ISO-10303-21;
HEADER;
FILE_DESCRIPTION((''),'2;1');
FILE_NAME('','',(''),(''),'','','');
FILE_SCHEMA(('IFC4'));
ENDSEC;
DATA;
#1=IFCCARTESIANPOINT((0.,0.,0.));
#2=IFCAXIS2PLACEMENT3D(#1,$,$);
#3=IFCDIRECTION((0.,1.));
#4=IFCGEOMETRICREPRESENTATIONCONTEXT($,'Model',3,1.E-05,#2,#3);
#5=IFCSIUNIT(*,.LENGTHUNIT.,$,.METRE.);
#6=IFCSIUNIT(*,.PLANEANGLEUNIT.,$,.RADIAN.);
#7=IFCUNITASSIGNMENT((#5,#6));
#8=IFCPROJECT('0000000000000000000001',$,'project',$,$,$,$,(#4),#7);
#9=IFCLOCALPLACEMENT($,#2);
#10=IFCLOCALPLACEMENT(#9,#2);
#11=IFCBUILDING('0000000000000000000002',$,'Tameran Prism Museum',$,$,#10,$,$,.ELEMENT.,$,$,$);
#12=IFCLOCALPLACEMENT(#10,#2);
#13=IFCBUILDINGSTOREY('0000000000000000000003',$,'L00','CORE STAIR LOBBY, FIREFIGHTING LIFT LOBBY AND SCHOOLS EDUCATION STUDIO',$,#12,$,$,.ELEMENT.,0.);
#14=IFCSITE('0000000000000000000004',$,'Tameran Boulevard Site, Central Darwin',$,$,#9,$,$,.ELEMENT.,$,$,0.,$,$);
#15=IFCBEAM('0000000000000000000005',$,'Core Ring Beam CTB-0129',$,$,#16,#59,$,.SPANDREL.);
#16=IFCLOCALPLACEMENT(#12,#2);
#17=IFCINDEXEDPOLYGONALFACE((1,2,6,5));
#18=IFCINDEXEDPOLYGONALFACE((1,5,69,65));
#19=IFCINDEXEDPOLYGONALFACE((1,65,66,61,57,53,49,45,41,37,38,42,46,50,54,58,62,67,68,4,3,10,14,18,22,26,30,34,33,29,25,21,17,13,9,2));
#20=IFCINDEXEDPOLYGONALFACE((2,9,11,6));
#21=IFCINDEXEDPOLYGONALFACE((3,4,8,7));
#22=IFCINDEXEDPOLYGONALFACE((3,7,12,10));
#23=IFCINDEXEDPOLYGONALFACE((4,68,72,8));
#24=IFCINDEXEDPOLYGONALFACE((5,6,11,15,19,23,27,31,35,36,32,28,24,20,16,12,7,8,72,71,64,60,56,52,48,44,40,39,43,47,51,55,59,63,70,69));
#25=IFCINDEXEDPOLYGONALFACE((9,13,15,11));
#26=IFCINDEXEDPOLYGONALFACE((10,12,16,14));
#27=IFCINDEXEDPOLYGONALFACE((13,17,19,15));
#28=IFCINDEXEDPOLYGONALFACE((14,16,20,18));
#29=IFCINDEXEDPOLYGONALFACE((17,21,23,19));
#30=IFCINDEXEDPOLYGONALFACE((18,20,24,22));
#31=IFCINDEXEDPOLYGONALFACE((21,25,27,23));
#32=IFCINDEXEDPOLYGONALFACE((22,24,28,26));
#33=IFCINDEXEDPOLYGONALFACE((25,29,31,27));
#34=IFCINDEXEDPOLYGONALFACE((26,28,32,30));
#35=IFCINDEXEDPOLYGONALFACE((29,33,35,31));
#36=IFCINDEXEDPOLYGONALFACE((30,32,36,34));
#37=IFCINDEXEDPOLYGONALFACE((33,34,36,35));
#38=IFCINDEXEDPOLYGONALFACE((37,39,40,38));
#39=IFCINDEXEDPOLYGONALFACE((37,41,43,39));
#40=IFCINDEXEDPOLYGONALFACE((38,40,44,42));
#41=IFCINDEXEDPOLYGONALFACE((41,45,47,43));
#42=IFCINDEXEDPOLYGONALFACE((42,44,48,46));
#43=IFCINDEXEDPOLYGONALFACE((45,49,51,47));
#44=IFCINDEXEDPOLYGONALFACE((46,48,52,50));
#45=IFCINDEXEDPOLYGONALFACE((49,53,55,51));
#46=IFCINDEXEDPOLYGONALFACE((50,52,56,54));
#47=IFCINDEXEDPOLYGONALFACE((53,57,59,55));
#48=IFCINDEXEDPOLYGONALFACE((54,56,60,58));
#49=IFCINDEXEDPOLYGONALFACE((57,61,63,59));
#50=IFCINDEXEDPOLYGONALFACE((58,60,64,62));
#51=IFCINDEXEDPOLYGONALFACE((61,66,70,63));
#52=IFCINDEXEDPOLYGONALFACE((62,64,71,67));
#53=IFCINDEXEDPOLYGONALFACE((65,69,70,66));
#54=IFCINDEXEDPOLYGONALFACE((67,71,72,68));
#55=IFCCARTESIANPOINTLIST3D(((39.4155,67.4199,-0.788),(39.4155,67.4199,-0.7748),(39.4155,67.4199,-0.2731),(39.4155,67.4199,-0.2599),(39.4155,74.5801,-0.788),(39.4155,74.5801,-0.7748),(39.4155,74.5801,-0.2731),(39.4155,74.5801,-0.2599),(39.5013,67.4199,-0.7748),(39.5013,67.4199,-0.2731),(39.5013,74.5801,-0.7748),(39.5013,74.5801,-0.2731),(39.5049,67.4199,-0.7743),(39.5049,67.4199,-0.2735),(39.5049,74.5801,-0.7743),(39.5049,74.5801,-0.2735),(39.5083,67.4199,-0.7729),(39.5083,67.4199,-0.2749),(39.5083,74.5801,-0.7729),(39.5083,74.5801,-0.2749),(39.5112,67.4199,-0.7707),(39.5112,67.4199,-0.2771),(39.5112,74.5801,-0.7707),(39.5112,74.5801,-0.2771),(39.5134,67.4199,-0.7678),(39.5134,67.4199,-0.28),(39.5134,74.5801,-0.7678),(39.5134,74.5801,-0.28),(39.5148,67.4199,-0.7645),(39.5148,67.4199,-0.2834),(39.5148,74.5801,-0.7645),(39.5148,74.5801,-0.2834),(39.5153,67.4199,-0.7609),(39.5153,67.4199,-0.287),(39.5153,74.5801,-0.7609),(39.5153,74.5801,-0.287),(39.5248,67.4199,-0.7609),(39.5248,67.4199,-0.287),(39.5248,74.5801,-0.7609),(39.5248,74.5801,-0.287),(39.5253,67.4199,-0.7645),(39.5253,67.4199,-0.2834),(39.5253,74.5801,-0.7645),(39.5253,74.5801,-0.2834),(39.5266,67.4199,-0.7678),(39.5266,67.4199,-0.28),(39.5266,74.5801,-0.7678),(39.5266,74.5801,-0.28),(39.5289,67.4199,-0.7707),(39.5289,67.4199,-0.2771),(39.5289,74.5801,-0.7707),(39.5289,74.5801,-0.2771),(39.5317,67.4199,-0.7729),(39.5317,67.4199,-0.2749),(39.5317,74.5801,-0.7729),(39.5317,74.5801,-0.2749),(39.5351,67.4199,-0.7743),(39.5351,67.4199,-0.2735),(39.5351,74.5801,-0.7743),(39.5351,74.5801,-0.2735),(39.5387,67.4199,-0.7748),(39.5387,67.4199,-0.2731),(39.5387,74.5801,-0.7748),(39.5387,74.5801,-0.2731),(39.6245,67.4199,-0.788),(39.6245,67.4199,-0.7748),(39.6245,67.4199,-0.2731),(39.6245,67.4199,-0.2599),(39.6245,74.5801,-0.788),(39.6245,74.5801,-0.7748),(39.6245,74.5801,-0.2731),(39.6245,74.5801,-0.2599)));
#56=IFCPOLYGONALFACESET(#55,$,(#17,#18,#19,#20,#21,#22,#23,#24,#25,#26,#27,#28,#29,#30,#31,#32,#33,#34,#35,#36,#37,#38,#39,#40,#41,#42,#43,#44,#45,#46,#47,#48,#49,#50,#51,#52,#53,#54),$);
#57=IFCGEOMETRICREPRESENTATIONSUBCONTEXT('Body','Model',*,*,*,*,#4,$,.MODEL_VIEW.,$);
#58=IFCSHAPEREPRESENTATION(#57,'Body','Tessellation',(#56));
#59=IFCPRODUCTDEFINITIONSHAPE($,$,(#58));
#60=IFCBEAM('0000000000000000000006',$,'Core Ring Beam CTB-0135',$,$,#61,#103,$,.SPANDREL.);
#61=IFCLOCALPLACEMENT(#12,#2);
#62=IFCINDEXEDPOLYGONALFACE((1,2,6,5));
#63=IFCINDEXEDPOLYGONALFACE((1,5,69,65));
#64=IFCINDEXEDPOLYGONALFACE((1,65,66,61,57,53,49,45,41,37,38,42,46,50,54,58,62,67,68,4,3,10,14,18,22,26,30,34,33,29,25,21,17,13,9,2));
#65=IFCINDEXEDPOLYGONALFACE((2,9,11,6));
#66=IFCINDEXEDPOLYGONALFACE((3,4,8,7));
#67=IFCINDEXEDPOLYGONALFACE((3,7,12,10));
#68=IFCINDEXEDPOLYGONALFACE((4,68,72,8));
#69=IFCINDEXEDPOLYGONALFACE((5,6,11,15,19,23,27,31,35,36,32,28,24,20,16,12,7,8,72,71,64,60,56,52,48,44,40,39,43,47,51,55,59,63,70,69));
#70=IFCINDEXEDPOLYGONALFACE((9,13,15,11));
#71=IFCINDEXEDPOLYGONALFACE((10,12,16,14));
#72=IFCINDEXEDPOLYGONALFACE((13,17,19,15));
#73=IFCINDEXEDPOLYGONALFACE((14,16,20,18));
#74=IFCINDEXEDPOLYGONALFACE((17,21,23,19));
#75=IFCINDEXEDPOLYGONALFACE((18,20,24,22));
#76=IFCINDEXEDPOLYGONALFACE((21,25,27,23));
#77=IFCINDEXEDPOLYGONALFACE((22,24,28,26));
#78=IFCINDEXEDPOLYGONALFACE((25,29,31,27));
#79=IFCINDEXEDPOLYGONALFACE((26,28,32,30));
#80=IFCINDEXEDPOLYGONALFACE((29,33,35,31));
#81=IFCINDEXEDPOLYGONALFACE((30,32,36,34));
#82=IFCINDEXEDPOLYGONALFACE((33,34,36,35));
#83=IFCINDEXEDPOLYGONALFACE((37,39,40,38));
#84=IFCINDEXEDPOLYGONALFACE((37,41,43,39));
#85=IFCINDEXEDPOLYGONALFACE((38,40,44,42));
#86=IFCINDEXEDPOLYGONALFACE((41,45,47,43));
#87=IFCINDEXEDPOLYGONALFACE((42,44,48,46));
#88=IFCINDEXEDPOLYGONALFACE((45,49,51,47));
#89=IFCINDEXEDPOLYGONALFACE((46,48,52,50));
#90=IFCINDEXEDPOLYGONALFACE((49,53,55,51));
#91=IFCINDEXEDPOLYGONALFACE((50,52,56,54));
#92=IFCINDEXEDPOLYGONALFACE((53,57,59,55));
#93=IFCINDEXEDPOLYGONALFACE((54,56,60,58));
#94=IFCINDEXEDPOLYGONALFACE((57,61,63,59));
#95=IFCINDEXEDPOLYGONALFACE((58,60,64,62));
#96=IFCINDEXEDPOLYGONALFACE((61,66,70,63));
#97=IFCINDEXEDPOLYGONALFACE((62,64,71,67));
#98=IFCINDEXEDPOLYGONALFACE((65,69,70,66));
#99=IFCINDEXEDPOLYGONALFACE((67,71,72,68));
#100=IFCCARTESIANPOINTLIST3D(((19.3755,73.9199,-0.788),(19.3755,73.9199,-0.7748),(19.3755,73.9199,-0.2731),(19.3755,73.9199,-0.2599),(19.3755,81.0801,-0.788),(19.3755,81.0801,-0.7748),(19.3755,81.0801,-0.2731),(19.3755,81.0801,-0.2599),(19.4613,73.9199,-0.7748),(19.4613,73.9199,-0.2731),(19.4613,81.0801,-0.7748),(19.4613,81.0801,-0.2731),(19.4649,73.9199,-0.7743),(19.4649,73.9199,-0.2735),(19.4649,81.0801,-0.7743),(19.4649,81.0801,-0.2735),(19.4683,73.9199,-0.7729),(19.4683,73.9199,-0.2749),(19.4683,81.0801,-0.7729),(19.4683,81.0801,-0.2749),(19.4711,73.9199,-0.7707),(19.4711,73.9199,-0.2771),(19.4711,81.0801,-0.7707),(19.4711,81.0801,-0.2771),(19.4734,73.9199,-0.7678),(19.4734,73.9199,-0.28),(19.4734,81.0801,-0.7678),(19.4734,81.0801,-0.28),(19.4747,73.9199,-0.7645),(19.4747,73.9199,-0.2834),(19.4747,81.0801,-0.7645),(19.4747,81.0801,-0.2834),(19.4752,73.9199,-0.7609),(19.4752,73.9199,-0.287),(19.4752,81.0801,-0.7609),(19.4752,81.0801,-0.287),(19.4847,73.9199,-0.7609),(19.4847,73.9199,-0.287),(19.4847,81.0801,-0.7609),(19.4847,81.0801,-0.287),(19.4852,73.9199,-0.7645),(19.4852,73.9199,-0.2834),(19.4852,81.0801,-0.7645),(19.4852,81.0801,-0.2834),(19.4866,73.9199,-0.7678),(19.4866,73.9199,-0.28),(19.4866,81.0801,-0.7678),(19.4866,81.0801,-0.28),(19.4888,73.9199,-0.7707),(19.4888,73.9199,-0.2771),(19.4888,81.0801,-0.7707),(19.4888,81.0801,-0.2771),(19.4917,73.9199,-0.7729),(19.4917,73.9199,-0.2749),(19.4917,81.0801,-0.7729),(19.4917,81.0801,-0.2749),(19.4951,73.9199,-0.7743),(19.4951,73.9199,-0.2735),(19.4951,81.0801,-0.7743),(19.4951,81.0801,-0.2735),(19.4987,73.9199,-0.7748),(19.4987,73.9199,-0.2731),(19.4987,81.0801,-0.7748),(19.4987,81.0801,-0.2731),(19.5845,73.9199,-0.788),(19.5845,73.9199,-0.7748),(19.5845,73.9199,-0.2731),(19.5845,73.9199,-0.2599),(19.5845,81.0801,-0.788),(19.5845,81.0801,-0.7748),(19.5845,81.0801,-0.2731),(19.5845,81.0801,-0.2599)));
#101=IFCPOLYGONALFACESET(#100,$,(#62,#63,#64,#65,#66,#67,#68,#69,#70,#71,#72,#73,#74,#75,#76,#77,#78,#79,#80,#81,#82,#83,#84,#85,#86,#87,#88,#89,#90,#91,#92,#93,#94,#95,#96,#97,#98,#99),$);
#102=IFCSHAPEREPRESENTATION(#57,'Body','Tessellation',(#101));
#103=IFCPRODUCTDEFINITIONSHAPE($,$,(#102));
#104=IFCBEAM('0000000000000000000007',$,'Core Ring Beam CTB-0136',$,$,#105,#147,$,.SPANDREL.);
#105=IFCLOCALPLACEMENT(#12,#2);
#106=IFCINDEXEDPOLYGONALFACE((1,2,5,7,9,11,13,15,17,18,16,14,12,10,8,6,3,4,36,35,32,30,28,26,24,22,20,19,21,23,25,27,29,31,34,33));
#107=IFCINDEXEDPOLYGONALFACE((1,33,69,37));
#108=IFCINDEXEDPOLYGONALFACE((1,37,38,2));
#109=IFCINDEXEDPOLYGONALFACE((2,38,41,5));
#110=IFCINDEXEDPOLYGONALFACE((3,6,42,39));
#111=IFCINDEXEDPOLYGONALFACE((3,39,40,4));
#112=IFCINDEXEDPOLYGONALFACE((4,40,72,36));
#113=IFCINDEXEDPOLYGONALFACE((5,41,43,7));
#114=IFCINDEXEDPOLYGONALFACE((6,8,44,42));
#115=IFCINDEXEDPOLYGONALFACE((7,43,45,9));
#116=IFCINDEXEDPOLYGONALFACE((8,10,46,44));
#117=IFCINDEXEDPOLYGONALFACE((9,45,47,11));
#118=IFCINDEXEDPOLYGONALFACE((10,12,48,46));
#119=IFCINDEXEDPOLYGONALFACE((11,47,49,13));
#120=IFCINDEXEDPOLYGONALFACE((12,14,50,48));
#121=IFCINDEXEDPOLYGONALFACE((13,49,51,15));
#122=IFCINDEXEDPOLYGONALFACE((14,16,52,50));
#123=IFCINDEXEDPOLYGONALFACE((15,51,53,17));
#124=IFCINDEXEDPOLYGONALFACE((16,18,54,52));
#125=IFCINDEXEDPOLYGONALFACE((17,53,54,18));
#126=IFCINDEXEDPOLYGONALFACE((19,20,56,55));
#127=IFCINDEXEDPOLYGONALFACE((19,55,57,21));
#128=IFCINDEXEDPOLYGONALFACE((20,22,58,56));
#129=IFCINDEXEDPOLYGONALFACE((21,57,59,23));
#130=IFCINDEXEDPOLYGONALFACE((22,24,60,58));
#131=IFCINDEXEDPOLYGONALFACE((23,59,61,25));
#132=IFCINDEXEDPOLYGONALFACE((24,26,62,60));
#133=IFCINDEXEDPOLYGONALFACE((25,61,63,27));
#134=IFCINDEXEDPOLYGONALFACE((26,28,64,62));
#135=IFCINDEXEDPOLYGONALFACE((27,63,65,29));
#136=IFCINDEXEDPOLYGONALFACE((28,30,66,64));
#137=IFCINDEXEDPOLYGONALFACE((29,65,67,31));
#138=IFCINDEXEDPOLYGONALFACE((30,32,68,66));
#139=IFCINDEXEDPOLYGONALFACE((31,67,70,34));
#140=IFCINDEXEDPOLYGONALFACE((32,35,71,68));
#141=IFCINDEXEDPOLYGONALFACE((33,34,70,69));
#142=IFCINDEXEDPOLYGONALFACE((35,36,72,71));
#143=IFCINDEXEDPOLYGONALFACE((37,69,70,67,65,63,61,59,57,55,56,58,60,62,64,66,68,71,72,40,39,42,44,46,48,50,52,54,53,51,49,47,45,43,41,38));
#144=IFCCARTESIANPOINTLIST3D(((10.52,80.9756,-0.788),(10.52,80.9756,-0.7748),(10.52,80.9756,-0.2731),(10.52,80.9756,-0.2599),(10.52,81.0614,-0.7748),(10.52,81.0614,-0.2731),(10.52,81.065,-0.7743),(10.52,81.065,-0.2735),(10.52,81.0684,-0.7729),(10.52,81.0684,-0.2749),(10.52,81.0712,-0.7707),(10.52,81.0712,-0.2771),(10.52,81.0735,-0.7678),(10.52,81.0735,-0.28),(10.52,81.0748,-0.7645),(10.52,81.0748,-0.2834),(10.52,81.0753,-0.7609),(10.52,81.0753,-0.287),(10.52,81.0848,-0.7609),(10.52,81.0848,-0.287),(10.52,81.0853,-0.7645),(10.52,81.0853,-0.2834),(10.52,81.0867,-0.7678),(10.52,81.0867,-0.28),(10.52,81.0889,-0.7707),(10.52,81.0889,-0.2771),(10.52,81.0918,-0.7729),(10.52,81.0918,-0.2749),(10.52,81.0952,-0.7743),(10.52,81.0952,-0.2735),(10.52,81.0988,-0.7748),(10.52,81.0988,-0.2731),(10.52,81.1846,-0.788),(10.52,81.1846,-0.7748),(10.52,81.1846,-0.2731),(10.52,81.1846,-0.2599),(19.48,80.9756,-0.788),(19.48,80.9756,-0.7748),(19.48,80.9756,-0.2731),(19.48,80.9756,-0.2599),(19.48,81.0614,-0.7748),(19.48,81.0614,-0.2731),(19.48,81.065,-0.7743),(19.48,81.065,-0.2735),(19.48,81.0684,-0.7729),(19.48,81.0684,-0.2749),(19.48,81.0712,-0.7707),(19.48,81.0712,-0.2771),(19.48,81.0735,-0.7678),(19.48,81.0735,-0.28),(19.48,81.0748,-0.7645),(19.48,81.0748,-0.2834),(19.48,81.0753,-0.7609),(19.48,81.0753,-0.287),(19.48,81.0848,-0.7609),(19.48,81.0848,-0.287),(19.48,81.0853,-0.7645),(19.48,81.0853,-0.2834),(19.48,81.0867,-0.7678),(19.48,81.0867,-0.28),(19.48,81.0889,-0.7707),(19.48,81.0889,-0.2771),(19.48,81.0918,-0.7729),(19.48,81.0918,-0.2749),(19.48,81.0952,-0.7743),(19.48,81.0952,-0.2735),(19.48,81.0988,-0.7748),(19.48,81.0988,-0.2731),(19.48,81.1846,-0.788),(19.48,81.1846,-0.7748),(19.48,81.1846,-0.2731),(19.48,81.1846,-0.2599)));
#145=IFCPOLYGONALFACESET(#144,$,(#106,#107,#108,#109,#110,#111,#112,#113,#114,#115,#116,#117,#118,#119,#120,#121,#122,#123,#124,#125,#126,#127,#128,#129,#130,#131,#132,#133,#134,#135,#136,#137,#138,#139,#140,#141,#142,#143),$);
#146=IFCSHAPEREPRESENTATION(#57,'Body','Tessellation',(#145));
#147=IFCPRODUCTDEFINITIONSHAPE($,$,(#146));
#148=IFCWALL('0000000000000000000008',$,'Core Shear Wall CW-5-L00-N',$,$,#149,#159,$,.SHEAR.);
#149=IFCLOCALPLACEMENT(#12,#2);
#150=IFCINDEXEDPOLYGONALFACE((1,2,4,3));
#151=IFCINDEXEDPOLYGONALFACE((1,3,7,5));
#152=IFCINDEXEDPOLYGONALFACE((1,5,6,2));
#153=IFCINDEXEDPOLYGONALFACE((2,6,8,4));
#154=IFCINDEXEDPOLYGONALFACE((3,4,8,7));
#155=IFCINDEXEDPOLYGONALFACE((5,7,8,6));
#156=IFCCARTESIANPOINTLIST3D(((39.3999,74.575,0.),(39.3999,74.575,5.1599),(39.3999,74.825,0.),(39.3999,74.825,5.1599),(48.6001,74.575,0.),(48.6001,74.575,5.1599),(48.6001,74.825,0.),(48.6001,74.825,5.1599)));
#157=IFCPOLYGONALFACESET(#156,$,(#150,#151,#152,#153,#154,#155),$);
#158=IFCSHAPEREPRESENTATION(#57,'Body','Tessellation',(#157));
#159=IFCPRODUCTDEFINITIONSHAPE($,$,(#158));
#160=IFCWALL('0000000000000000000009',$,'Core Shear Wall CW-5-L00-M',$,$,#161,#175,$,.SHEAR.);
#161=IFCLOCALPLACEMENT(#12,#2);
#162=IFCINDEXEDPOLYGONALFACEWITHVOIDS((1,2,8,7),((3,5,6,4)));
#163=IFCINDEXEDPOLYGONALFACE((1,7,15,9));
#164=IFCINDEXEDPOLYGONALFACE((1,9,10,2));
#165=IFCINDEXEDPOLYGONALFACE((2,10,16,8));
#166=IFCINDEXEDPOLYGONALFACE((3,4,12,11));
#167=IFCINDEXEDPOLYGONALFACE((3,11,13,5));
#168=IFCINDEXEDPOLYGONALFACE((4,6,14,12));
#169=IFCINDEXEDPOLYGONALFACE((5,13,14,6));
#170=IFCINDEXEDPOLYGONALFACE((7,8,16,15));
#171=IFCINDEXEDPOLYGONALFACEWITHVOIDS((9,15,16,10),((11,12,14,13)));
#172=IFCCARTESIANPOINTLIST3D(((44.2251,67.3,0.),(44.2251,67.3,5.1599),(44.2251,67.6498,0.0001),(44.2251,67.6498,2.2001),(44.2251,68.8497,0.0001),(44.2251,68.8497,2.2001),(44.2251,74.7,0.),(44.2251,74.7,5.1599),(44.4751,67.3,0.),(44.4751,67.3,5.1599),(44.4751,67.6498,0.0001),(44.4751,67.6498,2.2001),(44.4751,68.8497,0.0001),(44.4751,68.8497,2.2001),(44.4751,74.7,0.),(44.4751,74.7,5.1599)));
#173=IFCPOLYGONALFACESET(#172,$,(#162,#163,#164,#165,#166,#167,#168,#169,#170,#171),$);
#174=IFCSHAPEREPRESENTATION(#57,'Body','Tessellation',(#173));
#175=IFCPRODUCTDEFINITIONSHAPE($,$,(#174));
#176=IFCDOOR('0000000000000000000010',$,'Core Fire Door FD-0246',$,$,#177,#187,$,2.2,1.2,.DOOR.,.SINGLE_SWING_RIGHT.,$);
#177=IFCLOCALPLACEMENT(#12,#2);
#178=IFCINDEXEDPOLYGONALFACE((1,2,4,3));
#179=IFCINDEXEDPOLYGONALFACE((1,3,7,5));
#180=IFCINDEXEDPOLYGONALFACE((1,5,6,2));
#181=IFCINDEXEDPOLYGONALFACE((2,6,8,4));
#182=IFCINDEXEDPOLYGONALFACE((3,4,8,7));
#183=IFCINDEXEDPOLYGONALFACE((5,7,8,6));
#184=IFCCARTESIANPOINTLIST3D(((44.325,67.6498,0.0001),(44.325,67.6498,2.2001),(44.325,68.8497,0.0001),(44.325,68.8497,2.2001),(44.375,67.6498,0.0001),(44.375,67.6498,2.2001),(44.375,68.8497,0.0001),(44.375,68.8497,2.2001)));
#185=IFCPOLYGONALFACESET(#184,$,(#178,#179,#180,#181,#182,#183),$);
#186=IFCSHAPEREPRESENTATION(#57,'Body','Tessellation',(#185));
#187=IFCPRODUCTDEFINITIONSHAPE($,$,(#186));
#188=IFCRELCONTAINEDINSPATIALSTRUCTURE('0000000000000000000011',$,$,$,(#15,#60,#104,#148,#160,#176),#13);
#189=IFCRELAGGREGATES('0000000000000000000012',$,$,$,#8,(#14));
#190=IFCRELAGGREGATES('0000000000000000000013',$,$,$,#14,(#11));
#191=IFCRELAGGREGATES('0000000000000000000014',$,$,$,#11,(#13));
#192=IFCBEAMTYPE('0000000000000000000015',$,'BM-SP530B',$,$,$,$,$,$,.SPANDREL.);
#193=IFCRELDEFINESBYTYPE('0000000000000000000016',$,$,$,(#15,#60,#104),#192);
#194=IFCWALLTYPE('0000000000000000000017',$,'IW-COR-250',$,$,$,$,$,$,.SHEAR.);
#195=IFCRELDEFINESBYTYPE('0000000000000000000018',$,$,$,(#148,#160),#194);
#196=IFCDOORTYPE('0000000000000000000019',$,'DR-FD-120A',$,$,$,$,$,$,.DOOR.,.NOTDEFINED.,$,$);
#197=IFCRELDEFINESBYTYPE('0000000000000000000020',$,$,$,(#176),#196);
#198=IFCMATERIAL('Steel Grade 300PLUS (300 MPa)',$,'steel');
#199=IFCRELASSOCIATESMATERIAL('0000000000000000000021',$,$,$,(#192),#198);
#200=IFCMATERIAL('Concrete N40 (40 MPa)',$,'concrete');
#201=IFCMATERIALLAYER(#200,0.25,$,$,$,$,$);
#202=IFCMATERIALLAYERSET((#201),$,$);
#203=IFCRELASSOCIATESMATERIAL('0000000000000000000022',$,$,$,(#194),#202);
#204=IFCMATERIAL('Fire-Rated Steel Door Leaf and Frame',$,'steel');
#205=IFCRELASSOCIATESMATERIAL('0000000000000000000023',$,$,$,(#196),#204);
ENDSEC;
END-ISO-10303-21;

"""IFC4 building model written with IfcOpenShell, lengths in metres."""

from ifc_helpers import new_model, si_unit, direction, frame, frame_2d, origin, origin_2d, place, context, subcontext, project, spatial, rectangle, i_section, extrude, material, layer, layer_set, material_profile, profile_set, type_object, element, fill, save


model = new_model("IFC4")

# Units and contexts
model_context = context("Model", 3, precision=1e-05, world=origin(), true_north=direction((0.0, 1.0)))
body_context = subcontext(model_context, "Body", "Model", "MODEL_VIEW")
ifc_project = project(units=[si_unit("LENGTHUNIT", "METRE"), si_unit("PLANEANGLEUNIT", "RADIAN")], contexts=[model_context])

# Site, building, storey
site_placement = place(None, origin())
site = spatial("IfcSite", under=ifc_project, at=site_placement, Name="Tameran Boulevard Site, Central Darwin", CompositionType="ELEMENT", RefElevation=0.0)
building_placement = place(site_placement, origin())
building = spatial("IfcBuilding", under=site, at=building_placement, Name="Tameran Prism Museum", CompositionType="ELEMENT")
storey_placement = place(building_placement, origin())
storey = spatial("IfcBuildingStorey", under=building, at=storey_placement, Name="L00", Description="CORE STAIR LOBBY, FIREFIGHTING LIFT LOBBY AND SCHOOLS EDUCATION STUDIO", CompositionType="ELEMENT", Elevation=0.0)

# Beams
ifc_material_1 = material(Name="Steel Grade 300PLUS (300 MPa)", Category="steel")
ifc_material_profile_1 = material_profile(ifc_material_1, i_section(OverallWidth=0.209, OverallDepth=0.5281, WebThickness=0.0095, FlangeThickness=0.0132, FilletRadius=0.0139, at=origin_2d()))
ifc_profile_set_1 = profile_set([ifc_material_profile_1])
beam_type_1 = type_object("IfcBeamType", Name="BM-SP530B", PredefinedType="SPANDREL", material=ifc_profile_set_1)
for number, where, z_axis, x_axis, name in (
    (1, (39.52, 74.5801, -0.5239), (0.0, -1.0, 0.0), (1.0, 0.0, 0.0), "Core Ring Beam CTB-0129"),
    (2, (19.48, 73.9199, -0.5239), (0.0, 1.0, 0.0), (-1.0, 0.0, 0.0), "Core Ring Beam CTB-0135"),
):
    element("IfcBeam", number, at=place(storey_placement, frame(where, z_axis=z_axis, x_axis=x_axis)), inside=storey, type_object=beam_type_1, Name=name, PredefinedType="SPANDREL", context=body_context, shape_type="SweptSolid", body=[
        extrude(i_section(OverallWidth=0.209, OverallDepth=0.5281, WebThickness=0.0095, FlangeThickness=0.0132, FilletRadius=0.0139, at=origin_2d()), origin(), (0.0, 0.0, 1.0), 7.1602),
    ])
beam_1_placement = place(storey_placement, frame((19.48, 81.0801, -0.5239), z_axis=(-1.0, 0.0, 0.0), x_axis=(0.0, -1.0, 0.0)))
element("IfcBeam", 3, at=beam_1_placement, inside=storey, type_object=beam_type_1, Name="Core Ring Beam CTB-0136", PredefinedType="SPANDREL", context=body_context, shape_type="SweptSolid", body=[
    extrude(i_section(OverallWidth=0.209, OverallDepth=0.5281, WebThickness=0.0095, FlangeThickness=0.0132, FilletRadius=0.0139, at=origin_2d()), origin(), (0.0, 0.0, 1.0), 8.96),
])

# Wall
ifc_material_2 = material(Name="Concrete N40 (40 MPa)", Category="concrete")
ifc_layer_1 = layer(ifc_material_2, 0.25)
ifc_layer_set_1 = layer_set([ifc_layer_1])
wall_type_1 = type_object("IfcWallType", Name="IW-COR-250", PredefinedType="SHEAR", material=ifc_layer_set_1)
wall_1_placement = place(storey_placement, frame((39.3999, 74.7, 0.0), z_axis=(0.0, 0.0, 1.0), x_axis=(1.0, 0.0, 0.0)))
element("IfcWall", 4, at=wall_1_placement, inside=storey, type_object=wall_type_1, Name="Core Shear Wall CW-5-L00-N", PredefinedType="SHEAR", context=body_context, shape_type="SweptSolid", body=[
    extrude(rectangle(XDim=9.2002, YDim=0.25, at=frame_2d((4.6001, 0.0))), origin(), (0.0, 0.0, 1.0), 5.1599),
])

# Wall, opening, door
wall_2_placement = place(storey_placement, frame((44.3501, 74.7, 0.0), z_axis=(0.0, 0.0, 1.0), x_axis=(0.0, -1.0, 0.0)))
wall_2 = element("IfcWall", 5, at=wall_2_placement, inside=storey, type_object=wall_type_1, Name="Core Shear Wall CW-5-L00-M", PredefinedType="SHEAR", context=body_context, shape_type="SweptSolid", body=[
    extrude(rectangle(XDim=7.3999, YDim=0.25, at=frame_2d((3.7, 0.0))), origin(), (0.0, 0.0, 1.0), 5.1599),
])
opening_1_placement = place(wall_2_placement, frame((5.8501, 0.0, 0.0)))
opening_1 = element("IfcOpeningElement", 6, at=opening_1_placement, cuts=wall_2, PredefinedType="OPENING", context=body_context, shape_type="SweptSolid", body=[
    extrude(rectangle(XDim=1.2, YDim=2.2, at=frame_2d((0.6001, 1.1001))), frame((0.0, 0.135, 0.0), z_axis=(0.0, -1.0, 0.0), x_axis=(1.0, 0.0, 0.0)), (0.0, 0.0, 1.0), 0.27),
])
ifc_material_3 = material(Name="Fire-Rated Steel Door Leaf and Frame", Category="steel")
door_type = type_object("IfcDoorType", Name="DR-FD-120A", OperationType="NOTDEFINED", PredefinedType="DOOR", material=ifc_material_3)
door_1_placement = place(opening_1_placement, origin())
door_1 = element("IfcDoor", 7, at=door_1_placement, inside=storey, type_object=door_type, Name="Core Fire Door FD-0246", OperationType="SINGLE_SWING_RIGHT", OverallHeight=2.2, OverallWidth=1.2, PredefinedType="DOOR", context=body_context, shape_type="SweptSolid", body=[
    extrude(rectangle(XDim=1.2, YDim=2.2, at=frame_2d((0.6001, 1.1001))), frame((0.0, 0.0249, 0.0), z_axis=(0.0, -1.0, 0.0), x_axis=(1.0, 0.0, 0.0)), (0.0, 0.0, 1.0), 0.05),
])
fill(opening_1, door_1)

save(model, "model.ifc")
